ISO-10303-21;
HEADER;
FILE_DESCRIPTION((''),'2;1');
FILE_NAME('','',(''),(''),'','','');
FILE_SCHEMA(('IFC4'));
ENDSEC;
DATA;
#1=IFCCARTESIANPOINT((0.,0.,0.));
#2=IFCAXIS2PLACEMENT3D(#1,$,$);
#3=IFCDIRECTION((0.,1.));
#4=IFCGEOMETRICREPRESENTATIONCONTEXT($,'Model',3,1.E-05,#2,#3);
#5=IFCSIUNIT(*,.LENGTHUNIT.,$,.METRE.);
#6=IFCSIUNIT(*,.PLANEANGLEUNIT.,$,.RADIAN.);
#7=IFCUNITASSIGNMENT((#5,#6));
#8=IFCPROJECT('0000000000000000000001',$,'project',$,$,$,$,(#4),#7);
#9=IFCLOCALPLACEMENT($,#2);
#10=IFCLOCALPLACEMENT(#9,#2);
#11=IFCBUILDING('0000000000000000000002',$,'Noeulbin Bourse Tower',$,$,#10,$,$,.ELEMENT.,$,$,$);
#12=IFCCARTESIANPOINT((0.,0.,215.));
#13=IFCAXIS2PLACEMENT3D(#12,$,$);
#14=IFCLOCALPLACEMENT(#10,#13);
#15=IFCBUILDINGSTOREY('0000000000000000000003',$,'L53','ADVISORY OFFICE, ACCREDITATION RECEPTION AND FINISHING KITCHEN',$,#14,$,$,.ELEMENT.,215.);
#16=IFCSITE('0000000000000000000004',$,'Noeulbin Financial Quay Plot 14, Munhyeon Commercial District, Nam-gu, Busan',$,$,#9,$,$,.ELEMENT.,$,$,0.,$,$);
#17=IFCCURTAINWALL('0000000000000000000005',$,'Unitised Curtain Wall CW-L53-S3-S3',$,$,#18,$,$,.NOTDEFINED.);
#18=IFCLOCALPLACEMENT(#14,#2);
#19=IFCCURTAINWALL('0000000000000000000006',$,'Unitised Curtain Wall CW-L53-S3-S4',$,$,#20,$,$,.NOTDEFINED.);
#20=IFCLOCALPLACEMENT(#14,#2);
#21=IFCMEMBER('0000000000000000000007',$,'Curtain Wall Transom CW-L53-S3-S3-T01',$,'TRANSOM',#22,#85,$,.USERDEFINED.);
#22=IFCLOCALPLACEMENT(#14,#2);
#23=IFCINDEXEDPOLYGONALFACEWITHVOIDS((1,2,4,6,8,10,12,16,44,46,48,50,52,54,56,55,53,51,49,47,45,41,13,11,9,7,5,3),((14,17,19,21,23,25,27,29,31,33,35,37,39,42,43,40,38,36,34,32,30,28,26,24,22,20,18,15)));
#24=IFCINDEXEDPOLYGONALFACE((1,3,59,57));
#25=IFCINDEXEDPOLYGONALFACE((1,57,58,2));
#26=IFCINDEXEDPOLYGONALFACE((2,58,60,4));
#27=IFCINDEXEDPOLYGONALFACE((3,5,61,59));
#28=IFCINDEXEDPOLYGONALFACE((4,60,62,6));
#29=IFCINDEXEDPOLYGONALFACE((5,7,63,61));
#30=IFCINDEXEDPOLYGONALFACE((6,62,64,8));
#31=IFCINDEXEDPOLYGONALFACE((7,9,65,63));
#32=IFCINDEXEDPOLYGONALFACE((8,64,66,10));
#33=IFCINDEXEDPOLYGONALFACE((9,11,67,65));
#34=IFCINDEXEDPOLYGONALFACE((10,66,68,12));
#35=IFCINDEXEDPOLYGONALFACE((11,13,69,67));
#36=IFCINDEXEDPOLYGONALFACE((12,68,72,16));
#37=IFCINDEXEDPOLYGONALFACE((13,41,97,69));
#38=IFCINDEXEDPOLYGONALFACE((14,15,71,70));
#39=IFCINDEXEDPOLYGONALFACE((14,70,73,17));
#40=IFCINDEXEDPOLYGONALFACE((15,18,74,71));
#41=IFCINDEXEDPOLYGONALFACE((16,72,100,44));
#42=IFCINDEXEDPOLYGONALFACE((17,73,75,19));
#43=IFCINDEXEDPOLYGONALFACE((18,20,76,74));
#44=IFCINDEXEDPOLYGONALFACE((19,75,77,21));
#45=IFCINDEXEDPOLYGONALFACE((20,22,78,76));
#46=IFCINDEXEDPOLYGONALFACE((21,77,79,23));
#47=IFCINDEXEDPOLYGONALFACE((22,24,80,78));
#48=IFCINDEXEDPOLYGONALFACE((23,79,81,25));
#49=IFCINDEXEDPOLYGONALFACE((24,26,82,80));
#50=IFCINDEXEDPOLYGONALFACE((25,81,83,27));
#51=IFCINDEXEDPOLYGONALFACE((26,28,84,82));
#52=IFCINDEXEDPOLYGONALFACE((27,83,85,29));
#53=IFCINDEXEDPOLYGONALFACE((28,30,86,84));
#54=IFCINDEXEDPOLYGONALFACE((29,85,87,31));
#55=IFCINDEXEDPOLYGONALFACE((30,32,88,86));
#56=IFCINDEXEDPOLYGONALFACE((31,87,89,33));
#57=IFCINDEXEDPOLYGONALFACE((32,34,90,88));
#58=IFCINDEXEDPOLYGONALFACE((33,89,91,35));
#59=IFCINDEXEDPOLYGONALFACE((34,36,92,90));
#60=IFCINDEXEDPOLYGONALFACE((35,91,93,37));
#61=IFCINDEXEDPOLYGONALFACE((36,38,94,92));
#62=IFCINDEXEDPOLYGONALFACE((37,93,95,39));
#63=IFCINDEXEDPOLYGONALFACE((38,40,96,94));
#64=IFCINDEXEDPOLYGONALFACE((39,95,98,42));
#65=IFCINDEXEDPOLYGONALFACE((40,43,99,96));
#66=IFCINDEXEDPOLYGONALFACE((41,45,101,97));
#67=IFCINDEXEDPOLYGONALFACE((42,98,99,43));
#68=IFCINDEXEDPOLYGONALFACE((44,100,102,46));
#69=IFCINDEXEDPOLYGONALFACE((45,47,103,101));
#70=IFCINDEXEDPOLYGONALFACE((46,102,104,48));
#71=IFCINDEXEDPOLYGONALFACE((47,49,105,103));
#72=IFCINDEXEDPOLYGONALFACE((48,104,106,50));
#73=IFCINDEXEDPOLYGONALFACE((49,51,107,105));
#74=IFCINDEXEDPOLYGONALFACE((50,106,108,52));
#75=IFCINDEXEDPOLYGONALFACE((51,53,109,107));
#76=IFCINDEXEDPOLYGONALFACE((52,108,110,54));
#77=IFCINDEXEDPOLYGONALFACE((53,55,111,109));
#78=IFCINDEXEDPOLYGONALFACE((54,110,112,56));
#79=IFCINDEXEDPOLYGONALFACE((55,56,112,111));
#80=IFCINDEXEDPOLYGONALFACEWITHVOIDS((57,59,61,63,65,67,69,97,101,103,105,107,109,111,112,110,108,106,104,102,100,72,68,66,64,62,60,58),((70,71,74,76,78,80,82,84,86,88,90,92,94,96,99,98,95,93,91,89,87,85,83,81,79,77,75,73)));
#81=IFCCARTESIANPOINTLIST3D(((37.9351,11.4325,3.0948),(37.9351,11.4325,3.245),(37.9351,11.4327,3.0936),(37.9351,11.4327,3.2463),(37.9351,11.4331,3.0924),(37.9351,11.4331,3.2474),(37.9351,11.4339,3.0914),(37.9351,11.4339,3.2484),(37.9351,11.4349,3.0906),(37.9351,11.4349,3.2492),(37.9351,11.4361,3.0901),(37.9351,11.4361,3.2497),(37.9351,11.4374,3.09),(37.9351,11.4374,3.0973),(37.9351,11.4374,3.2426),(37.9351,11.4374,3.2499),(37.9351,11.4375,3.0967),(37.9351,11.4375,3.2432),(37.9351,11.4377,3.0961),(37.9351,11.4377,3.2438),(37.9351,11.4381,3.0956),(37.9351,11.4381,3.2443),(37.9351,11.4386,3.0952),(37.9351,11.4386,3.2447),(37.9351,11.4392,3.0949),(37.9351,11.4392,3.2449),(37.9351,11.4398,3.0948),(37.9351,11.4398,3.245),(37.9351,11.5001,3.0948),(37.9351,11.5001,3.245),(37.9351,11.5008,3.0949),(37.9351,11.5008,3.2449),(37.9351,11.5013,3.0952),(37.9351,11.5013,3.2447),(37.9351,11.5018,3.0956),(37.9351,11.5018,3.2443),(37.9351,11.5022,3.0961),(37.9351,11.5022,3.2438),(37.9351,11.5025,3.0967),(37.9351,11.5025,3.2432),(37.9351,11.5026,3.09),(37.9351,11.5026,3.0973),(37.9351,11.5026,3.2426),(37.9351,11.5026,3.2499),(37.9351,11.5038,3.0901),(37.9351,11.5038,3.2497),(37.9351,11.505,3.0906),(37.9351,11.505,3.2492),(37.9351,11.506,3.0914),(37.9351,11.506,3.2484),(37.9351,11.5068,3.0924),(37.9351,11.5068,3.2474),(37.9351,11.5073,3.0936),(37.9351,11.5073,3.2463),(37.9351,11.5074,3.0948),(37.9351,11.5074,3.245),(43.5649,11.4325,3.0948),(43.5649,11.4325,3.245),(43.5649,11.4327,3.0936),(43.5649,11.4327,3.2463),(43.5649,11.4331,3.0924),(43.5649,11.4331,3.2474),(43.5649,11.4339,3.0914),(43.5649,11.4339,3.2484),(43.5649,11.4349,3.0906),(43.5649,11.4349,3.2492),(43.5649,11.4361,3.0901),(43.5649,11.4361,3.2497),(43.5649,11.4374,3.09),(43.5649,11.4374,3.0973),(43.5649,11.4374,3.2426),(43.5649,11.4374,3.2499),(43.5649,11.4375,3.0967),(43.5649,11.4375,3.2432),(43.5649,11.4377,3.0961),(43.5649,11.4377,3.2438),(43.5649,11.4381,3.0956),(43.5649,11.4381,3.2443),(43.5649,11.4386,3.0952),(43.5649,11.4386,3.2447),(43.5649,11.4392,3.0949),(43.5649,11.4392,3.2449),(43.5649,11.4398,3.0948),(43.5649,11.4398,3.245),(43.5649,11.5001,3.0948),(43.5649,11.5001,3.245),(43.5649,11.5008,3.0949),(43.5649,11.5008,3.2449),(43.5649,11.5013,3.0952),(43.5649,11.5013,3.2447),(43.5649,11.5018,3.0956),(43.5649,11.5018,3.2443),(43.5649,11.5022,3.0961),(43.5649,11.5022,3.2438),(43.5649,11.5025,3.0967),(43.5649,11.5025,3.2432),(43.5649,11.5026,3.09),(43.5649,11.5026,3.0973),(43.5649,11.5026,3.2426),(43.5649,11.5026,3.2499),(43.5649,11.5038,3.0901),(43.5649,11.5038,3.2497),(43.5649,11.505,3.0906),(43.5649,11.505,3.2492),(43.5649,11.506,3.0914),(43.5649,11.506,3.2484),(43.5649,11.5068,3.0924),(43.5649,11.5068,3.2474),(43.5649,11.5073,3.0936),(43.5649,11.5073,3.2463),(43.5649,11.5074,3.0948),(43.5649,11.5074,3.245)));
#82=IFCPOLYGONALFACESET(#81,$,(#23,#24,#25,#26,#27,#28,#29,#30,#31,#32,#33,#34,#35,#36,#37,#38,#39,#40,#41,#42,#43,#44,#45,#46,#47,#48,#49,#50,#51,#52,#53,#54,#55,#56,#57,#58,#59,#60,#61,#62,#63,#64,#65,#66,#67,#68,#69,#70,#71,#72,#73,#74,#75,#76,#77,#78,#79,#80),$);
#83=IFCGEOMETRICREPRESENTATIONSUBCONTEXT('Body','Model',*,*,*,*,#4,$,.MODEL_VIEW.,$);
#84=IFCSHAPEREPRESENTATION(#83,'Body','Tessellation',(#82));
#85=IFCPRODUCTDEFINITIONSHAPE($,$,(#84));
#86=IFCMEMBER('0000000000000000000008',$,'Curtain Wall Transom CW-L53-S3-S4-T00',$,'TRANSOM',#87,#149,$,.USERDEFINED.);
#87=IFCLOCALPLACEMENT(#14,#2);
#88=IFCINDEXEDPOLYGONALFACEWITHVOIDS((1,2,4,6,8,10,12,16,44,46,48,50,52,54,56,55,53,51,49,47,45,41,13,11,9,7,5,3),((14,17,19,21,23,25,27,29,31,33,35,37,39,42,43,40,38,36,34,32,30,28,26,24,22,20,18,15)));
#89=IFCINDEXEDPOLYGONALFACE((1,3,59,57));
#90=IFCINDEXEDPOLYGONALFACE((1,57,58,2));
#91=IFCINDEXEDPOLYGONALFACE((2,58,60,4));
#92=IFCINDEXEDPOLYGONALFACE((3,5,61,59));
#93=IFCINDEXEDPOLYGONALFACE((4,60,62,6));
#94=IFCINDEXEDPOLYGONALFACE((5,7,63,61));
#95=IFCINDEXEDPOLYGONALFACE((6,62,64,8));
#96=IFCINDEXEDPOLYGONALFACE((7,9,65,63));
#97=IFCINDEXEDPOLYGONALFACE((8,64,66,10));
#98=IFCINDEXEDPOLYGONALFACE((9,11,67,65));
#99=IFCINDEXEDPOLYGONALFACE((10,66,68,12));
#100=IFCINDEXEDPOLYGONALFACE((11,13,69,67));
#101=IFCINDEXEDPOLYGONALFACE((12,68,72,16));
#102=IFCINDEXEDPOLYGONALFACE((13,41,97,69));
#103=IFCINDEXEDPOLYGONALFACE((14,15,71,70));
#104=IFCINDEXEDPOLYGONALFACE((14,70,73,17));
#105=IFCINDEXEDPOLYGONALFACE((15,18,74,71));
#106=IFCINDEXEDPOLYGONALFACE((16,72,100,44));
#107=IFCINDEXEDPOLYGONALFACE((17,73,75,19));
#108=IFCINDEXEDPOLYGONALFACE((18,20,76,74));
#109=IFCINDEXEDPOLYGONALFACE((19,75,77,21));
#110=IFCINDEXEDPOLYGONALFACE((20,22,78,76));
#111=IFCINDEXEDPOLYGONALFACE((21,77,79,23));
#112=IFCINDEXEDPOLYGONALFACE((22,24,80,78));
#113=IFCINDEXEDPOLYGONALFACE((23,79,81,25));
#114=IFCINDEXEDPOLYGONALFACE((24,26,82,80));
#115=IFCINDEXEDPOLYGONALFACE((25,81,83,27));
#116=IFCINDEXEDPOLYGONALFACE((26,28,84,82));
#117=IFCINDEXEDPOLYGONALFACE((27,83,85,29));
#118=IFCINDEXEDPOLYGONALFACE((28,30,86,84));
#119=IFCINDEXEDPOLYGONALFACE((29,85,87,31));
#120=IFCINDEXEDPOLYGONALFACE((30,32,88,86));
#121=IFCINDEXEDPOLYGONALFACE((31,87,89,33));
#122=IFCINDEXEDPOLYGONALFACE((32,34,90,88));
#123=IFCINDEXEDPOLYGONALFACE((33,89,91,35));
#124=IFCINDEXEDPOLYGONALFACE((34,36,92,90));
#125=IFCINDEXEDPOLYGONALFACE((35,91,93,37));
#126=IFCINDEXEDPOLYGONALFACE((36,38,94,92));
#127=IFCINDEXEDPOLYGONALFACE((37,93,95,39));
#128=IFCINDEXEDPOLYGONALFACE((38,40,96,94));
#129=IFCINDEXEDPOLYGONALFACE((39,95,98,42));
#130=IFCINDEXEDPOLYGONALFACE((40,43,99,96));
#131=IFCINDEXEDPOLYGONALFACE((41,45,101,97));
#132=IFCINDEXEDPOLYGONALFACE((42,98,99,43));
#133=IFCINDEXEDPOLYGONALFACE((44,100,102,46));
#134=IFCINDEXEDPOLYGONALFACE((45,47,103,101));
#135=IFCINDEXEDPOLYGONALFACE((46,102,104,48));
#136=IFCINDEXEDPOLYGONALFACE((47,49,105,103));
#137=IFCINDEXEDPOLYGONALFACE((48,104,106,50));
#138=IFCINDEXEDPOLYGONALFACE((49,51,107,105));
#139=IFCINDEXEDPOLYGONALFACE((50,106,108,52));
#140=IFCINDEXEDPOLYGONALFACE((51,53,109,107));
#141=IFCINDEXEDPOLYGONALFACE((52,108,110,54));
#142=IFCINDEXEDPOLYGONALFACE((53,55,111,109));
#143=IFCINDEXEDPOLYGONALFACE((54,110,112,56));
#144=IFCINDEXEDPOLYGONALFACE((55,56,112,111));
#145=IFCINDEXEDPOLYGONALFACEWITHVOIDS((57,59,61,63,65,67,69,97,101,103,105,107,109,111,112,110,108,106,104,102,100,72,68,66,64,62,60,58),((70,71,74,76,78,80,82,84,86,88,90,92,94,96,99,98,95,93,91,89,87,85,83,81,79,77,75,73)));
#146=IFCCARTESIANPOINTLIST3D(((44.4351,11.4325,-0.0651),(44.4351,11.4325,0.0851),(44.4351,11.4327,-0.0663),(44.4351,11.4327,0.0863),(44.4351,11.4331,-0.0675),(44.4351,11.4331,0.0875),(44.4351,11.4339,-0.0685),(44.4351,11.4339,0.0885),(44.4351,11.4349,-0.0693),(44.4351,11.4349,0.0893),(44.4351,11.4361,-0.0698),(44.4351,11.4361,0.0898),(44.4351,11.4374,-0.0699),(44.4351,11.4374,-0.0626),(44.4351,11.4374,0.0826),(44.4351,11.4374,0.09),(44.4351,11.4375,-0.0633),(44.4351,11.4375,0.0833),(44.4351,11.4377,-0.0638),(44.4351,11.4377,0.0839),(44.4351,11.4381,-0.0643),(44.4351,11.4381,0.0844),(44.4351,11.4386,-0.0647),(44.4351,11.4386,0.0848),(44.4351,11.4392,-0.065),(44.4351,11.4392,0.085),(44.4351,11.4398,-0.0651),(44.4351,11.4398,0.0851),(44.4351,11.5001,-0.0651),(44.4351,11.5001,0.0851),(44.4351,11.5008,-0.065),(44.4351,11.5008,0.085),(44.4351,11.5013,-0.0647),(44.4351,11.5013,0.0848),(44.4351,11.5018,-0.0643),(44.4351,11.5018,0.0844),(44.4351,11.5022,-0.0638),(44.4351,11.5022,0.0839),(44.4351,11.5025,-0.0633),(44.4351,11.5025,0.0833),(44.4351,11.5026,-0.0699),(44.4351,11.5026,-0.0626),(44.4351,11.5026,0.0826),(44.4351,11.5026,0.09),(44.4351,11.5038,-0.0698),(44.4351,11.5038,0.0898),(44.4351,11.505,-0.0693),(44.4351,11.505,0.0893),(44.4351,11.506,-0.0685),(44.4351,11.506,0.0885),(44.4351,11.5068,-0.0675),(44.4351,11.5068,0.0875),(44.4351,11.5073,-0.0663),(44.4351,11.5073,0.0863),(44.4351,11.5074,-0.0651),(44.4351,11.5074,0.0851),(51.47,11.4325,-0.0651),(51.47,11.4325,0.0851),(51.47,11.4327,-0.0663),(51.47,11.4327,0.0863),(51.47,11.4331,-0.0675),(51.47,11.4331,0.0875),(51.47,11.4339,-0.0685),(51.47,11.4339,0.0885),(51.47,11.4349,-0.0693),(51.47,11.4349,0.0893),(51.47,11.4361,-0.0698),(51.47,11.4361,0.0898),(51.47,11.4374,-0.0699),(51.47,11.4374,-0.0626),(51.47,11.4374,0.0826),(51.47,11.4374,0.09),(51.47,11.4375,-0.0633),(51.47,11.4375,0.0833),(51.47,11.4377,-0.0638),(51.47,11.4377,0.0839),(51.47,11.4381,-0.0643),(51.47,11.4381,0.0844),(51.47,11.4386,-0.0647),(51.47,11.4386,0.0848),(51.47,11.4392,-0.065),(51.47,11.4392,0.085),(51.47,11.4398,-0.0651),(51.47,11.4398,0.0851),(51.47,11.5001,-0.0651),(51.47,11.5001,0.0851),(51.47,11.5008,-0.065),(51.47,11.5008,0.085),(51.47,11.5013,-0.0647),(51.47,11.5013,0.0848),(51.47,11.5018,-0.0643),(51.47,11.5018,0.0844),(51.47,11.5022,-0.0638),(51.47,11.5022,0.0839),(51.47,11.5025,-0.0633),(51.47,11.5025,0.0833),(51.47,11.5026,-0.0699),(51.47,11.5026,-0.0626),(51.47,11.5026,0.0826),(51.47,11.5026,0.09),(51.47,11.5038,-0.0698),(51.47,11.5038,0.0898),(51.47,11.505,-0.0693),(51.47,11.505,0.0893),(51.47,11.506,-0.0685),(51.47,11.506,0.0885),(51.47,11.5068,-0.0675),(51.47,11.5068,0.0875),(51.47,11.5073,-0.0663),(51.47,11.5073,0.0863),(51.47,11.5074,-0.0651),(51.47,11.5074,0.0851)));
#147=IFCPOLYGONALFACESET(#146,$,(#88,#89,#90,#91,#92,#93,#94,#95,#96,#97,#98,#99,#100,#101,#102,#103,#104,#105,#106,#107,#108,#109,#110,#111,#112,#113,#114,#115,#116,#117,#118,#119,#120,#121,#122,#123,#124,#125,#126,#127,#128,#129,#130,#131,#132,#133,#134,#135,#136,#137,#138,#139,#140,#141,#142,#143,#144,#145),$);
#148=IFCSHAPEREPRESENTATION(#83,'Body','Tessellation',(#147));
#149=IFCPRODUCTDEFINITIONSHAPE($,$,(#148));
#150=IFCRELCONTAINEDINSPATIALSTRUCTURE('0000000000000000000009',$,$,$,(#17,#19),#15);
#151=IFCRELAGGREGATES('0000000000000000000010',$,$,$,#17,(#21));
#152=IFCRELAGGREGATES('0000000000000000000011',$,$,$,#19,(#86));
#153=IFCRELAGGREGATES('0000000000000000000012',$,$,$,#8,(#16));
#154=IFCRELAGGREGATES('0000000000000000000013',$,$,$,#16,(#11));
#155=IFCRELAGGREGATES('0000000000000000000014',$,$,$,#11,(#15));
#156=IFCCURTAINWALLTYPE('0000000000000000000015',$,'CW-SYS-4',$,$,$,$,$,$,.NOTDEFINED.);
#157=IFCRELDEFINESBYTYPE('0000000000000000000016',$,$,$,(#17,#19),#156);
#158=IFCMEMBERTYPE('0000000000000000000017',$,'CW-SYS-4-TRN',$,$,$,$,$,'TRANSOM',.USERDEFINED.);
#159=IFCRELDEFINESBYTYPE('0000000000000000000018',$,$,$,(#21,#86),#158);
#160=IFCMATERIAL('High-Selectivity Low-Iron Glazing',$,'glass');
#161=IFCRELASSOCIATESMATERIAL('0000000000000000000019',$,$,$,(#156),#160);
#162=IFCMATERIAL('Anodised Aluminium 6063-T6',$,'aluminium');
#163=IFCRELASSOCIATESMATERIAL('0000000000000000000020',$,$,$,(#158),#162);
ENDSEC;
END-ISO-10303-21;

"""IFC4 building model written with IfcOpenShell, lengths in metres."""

from ifc_helpers import new_model, si_unit, direction, frame, origin, origin_2d, place, context, subcontext, project, spatial, hollow_rectangle, extrude, material, material_profile, profile_set, type_object, element, aggregate, save


model = new_model("IFC4")

# Units and contexts
model_context = context("Model", 3, precision=1e-05, world=origin(), true_north=direction((0.0, 1.0)))
body_context = subcontext(model_context, "Body", "Model", "MODEL_VIEW")
ifc_project = project(units=[si_unit("LENGTHUNIT", "METRE"), si_unit("PLANEANGLEUNIT", "RADIAN")], contexts=[model_context])

# Site, building, storey
site_placement = place(None, origin())
site = spatial("IfcSite", under=ifc_project, at=site_placement, Name="Noeulbin Financial Quay Plot 14, Munhyeon Commercial District, Nam-gu, Busan", CompositionType="ELEMENT", RefElevation=0.0)
building_placement = place(site_placement, origin())
building = spatial("IfcBuilding", under=site, at=building_placement, Name="Noeulbin Bourse Tower", CompositionType="ELEMENT")
storey_placement = place(building_placement, frame((0.0, 0.0, 215.0)))
storey = spatial("IfcBuildingStorey", under=building, at=storey_placement, Name="L53", Description="ADVISORY OFFICE, ACCREDITATION RECEPTION AND FINISHING KITCHEN", CompositionType="ELEMENT", Elevation=215.0)

# Curtain walls
ifc_material_1 = material(Name="High-Selectivity Low-Iron Glazing", Category="glass")
curtain_wall_type = type_object("IfcCurtainWallType", Name="CW-SYS-4", PredefinedType="NOTDEFINED", material=ifc_material_1)
curtain_wall_1_placement = place(storey_placement, origin())
curtain_wall_1 = element("IfcCurtainWall", 1, at=curtain_wall_1_placement, inside=storey, type_object=curtain_wall_type, Name="Unitised Curtain Wall CW-L53-S3-S3", PredefinedType="NOTDEFINED")
ifc_material_2 = material(Name="Anodised Aluminium 6063-T6", Category="aluminium")
curtain_wall_2_placement = place(storey_placement, origin())
curtain_wall_2 = element("IfcCurtainWall", 2, at=curtain_wall_2_placement, inside=storey, type_object=curtain_wall_type, Name="Unitised Curtain Wall CW-L53-S3-S4", PredefinedType="NOTDEFINED")

# Members
ifc_material_profile_1 = material_profile(ifc_material_2, hollow_rectangle(XDim=0.075, YDim=0.1599, WallThickness=0.0049, InnerFilletRadius=0.0024, OuterFilletRadius=0.0049, at=origin_2d()), Name="ALU-TRAN-75x160x5", Category="LoadBearing")
ifc_profile_set_1 = profile_set([ifc_material_profile_1], Name="Anodised Aluminium 6063-T6")
member_type_1 = type_object("IfcMemberType", Name="CW-SYS-4-TRN", ElementType="TRANSOM", PredefinedType="USERDEFINED", material=ifc_profile_set_1)
member_1_placement = place(storey_placement, frame((37.9351, 11.47, 3.1699), z_axis=(1.0, 0.0, 0.0), x_axis=(0.0, 1.0, 0.0)))
member_1 = element("IfcMember", 3, at=member_1_placement, type_object=member_type_1, Name="Curtain Wall Transom CW-L53-S3-S3-T01", ObjectType="TRANSOM", PredefinedType="USERDEFINED", context=body_context, shape_type="SweptSolid", body=[
    extrude(hollow_rectangle(XDim=0.075, YDim=0.1599, WallThickness=0.0049, InnerFilletRadius=0.0024, OuterFilletRadius=0.0049, at=origin_2d()), origin(), (0.0, 0.0, 1.0), 5.6299),
])
member_2_placement = place(storey_placement, frame((44.4351, 11.47, 0.01), z_axis=(1.0, 0.0, 0.0), x_axis=(0.0, 1.0, 0.0)))
member_2 = element("IfcMember", 4, at=member_2_placement, type_object=member_type_1, Name="Curtain Wall Transom CW-L53-S3-S4-T00", ObjectType="TRANSOM", PredefinedType="USERDEFINED", context=body_context, shape_type="SweptSolid", body=[
    extrude(hollow_rectangle(XDim=0.075, YDim=0.1599, WallThickness=0.0049, InnerFilletRadius=0.0024, OuterFilletRadius=0.0049, at=origin_2d()), origin(), (0.0, 0.0, 1.0), 7.0349),
])

aggregate(curtain_wall_1, [member_1])
aggregate(curtain_wall_2, [member_2])

save(model, "model.ifc")
